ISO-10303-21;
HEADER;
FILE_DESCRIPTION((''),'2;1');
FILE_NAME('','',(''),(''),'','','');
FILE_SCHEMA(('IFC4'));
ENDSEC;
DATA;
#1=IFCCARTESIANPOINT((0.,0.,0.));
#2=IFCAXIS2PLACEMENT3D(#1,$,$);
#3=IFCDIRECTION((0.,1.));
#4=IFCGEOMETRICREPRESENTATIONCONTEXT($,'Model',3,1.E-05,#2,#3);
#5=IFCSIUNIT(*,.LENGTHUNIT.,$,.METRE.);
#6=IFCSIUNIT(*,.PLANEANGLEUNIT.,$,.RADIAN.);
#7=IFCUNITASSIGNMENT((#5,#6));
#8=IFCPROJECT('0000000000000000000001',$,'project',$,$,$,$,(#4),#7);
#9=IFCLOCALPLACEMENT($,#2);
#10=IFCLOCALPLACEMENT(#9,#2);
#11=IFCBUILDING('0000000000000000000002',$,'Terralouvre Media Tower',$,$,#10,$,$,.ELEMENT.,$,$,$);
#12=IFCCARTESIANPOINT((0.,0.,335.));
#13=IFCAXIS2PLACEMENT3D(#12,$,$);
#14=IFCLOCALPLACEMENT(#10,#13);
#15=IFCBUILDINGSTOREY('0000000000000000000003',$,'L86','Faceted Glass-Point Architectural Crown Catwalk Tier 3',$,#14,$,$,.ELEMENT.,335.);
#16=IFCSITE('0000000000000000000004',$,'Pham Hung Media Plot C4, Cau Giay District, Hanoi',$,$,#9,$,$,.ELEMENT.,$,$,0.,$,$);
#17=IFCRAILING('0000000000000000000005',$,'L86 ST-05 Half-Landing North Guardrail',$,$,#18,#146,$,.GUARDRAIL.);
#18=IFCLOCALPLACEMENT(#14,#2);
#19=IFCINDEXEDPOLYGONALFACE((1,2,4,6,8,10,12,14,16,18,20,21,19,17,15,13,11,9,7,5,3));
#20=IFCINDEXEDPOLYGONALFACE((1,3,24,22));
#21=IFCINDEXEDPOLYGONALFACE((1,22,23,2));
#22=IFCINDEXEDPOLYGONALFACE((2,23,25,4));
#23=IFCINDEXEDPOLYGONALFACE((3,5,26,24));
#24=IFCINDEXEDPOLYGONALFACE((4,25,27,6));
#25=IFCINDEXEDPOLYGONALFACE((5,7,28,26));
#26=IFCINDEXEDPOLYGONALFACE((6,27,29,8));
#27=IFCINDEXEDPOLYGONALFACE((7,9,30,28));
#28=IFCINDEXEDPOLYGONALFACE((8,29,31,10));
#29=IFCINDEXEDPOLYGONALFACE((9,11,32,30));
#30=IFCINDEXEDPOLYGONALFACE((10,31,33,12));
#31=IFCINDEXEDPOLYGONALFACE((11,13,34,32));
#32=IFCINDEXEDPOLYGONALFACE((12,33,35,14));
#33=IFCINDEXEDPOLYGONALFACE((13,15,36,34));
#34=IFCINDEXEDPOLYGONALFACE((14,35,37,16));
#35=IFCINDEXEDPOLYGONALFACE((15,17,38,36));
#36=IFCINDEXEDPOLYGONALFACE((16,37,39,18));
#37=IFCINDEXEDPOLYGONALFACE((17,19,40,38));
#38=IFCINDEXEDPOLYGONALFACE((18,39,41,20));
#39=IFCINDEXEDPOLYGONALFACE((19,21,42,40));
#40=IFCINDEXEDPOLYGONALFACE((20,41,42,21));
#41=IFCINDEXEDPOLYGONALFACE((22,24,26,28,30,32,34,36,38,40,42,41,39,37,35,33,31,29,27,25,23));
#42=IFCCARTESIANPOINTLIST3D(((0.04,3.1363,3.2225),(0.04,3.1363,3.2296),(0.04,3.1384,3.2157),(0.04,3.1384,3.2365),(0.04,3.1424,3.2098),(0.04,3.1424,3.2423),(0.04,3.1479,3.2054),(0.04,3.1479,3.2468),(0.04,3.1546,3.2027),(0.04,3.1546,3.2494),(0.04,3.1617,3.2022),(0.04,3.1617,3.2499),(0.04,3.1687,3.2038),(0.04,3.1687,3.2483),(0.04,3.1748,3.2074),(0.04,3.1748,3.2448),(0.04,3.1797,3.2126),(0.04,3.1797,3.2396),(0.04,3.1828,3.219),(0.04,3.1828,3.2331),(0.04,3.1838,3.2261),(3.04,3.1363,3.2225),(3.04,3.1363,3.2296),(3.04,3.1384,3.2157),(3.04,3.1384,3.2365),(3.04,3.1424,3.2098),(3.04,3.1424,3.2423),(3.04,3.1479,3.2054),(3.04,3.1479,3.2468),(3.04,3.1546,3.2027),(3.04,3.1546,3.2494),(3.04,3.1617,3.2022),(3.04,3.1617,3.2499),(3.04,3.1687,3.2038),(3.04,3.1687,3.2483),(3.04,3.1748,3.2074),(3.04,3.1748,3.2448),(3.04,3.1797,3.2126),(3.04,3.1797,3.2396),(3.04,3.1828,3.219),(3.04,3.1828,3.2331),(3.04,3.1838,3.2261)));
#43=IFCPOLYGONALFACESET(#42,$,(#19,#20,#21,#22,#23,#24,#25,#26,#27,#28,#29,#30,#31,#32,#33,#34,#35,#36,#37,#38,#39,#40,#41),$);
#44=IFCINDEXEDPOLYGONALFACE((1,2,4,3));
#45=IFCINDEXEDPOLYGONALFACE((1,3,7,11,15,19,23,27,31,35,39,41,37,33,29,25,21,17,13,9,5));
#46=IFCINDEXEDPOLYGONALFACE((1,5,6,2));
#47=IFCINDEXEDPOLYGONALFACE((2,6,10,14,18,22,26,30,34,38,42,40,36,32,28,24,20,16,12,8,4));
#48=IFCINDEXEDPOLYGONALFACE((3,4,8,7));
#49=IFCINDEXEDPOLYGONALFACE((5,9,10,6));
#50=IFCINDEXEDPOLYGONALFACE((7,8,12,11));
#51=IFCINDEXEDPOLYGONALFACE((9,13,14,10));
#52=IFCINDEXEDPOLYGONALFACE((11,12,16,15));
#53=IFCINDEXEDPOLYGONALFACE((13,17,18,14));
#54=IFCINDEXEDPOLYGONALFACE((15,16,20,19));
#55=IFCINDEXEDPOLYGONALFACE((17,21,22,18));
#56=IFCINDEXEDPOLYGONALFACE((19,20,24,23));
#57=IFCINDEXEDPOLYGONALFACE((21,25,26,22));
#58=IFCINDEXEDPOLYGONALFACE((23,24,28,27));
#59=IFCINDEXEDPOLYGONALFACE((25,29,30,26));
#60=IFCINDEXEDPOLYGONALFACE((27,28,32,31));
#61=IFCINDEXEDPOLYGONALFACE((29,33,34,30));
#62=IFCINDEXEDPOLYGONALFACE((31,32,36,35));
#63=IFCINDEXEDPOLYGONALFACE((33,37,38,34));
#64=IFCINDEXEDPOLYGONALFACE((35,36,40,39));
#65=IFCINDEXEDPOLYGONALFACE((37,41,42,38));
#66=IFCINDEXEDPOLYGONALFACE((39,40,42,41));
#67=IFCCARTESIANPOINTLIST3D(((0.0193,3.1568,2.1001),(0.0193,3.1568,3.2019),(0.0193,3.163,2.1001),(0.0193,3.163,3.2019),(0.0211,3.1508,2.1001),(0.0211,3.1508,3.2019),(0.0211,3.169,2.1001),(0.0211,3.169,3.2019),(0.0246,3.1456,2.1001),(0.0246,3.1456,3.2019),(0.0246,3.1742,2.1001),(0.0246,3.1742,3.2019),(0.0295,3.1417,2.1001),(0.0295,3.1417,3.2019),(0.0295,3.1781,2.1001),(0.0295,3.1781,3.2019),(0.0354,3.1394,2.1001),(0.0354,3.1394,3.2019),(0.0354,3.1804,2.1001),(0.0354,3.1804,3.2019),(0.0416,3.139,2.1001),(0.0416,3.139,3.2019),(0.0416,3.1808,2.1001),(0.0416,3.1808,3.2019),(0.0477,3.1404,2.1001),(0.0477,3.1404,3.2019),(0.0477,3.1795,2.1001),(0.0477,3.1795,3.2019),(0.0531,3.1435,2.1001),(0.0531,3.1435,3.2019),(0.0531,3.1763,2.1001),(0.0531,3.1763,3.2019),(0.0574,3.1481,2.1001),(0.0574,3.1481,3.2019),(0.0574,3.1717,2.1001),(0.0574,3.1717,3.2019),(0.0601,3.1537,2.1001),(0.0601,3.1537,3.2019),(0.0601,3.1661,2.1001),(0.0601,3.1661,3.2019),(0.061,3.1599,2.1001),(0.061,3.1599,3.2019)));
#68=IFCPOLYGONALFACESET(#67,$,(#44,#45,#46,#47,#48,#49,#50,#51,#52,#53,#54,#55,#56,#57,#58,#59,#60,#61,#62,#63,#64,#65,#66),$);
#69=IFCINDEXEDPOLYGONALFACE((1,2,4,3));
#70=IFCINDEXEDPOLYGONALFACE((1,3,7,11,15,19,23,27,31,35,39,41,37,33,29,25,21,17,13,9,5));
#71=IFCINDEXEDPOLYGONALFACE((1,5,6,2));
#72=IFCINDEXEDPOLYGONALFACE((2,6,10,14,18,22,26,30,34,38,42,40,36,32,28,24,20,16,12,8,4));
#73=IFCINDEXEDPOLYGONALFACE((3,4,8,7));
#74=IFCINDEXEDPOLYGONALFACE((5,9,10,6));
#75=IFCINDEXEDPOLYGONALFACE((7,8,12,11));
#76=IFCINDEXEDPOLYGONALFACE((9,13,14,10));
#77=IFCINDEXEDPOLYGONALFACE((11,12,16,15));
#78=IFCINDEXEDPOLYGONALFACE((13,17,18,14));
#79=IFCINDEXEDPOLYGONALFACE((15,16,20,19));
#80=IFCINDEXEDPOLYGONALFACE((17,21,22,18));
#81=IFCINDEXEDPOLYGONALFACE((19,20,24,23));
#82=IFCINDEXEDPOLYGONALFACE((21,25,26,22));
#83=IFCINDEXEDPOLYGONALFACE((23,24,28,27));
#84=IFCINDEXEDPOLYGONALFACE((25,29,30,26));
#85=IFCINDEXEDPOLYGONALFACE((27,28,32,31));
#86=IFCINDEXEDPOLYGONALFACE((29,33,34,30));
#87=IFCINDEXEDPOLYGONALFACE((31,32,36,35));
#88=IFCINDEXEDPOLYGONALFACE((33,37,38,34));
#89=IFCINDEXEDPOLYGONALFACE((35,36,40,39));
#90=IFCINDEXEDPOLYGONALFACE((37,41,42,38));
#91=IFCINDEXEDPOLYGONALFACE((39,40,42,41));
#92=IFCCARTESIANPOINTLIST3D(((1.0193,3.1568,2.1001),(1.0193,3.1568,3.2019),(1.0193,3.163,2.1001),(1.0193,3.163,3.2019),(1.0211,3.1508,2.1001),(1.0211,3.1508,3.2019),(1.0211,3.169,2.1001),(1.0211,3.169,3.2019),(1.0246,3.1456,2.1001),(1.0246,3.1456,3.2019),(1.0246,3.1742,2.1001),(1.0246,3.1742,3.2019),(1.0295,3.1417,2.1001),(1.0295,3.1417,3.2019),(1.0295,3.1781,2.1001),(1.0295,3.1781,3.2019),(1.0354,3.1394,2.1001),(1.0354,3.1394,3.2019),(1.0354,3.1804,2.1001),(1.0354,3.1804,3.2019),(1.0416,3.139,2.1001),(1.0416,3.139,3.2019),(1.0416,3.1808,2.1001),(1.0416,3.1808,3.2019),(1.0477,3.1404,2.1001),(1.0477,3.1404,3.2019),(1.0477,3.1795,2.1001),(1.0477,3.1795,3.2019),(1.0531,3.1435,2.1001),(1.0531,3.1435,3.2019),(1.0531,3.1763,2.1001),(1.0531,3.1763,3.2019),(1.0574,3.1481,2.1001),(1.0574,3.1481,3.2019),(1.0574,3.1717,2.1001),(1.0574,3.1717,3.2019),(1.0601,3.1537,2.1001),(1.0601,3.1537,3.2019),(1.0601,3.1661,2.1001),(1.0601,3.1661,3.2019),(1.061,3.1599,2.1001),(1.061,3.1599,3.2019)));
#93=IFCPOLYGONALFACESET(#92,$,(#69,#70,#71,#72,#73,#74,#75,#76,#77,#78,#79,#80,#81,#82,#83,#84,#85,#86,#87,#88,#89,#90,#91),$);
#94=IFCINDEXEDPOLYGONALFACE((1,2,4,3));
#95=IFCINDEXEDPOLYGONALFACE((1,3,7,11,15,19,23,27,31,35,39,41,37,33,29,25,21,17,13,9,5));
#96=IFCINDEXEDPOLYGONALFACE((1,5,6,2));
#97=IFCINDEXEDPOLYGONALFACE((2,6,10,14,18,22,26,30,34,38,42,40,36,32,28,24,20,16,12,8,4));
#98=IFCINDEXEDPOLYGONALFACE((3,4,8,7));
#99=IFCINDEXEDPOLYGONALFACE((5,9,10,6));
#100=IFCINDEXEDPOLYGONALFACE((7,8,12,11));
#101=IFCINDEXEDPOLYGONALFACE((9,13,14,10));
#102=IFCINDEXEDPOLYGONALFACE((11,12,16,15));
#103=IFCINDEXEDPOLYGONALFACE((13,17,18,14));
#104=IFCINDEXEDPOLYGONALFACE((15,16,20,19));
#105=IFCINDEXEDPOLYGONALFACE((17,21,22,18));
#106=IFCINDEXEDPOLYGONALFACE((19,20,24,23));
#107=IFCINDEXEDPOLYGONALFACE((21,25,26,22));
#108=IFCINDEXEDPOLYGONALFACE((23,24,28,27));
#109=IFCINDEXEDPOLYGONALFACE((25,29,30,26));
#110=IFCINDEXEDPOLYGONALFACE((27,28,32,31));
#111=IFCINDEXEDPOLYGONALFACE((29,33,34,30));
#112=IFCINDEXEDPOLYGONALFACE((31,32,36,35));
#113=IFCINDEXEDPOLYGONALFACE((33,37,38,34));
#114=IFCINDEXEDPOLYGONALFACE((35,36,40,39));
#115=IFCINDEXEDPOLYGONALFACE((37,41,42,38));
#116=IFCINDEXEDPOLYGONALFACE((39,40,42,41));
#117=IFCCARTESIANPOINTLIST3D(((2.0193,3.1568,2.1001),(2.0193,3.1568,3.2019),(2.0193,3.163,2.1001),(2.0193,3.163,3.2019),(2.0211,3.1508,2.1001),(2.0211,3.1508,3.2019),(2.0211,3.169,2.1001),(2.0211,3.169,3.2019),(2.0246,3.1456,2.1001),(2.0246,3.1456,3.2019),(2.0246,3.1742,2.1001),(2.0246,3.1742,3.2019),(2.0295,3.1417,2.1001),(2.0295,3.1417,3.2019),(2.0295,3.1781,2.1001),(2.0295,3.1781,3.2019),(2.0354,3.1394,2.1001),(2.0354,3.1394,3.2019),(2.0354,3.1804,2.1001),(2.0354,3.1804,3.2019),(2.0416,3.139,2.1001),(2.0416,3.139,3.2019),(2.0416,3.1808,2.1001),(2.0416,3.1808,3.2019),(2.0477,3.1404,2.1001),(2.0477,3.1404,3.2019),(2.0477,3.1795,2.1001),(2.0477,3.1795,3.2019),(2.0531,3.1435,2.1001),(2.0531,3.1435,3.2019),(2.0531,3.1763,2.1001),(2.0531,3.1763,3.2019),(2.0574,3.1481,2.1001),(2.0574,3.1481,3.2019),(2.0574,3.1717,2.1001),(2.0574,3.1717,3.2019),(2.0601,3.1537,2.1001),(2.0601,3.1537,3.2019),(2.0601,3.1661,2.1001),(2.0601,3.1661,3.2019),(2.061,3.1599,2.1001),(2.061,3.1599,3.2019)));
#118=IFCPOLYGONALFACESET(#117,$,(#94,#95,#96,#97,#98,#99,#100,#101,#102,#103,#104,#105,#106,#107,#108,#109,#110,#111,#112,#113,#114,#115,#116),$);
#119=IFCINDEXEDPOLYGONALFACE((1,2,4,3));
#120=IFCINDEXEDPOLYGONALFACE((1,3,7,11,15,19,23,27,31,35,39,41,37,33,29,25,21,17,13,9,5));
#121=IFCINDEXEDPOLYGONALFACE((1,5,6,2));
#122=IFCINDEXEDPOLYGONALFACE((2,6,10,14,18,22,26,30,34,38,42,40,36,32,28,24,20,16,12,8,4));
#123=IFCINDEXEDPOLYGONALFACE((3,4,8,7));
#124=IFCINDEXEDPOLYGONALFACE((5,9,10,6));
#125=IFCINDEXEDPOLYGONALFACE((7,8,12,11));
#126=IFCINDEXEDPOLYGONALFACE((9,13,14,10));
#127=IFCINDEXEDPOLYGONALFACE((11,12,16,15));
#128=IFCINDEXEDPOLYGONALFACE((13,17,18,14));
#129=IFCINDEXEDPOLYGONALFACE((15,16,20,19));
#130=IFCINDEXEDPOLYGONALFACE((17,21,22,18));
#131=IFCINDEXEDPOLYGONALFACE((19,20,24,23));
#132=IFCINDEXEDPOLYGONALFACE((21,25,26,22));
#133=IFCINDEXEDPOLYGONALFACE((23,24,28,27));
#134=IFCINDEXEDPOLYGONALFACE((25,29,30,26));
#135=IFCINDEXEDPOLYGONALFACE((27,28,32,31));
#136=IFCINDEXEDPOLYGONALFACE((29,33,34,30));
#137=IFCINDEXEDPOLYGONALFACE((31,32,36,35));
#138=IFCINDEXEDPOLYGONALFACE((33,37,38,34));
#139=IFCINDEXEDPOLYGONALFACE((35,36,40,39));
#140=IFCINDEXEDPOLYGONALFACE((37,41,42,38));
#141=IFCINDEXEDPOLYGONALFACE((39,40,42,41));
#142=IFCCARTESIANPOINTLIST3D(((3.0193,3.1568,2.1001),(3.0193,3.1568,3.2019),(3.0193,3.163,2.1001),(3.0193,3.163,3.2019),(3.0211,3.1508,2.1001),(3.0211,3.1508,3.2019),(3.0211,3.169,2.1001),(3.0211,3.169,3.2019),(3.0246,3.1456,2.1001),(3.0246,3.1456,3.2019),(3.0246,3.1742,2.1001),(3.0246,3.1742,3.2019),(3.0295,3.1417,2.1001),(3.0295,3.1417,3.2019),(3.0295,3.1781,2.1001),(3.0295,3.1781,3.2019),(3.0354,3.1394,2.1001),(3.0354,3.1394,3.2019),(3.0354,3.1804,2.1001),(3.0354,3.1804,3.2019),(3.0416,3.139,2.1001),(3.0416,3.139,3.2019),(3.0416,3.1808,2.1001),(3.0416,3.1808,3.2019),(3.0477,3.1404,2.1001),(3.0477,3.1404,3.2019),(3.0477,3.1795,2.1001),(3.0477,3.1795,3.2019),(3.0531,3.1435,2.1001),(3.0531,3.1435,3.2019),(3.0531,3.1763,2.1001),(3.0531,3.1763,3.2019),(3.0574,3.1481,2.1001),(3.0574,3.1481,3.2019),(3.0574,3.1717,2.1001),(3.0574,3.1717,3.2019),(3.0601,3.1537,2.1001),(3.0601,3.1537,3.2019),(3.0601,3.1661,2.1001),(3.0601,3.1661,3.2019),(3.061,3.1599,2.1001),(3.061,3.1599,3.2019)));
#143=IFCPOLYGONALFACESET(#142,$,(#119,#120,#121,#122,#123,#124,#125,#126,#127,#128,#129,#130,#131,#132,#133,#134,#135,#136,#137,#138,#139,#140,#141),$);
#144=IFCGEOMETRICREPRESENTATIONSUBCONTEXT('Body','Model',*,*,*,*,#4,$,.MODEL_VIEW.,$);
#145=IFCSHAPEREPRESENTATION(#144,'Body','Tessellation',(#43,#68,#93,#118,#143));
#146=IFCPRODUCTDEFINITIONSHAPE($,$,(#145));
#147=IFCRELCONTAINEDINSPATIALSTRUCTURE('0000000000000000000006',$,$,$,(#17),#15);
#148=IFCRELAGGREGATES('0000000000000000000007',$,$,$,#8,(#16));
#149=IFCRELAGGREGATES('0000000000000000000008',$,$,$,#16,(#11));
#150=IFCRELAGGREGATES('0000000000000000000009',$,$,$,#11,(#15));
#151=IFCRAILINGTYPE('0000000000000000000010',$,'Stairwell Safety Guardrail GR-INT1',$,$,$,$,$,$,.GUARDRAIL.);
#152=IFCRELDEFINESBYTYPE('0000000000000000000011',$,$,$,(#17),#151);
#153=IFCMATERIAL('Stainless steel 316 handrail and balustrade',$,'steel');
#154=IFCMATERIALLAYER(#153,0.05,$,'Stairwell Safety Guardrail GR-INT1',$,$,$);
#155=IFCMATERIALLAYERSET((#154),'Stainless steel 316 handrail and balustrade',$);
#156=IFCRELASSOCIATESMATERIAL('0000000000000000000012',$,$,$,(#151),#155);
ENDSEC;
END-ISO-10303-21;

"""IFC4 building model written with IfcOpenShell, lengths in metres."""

from ifc_helpers import new_model, si_unit, direction, frame, origin, origin_2d, place, context, subcontext, project, spatial, circle, extrude, material, layer, layer_set, type_object, element, save


model = new_model("IFC4")

# Units and contexts
model_context = context("Model", 3, precision=1e-05, world=origin(), true_north=direction((0.0, 1.0)))
body_context = subcontext(model_context, "Body", "Model", "MODEL_VIEW")
ifc_project = project(units=[si_unit("LENGTHUNIT", "METRE"), si_unit("PLANEANGLEUNIT", "RADIAN")], contexts=[model_context])

# Site, building, storey
site_placement = place(None, origin())
site = spatial("IfcSite", under=ifc_project, at=site_placement, Name="Pham Hung Media Plot C4, Cau Giay District, Hanoi", CompositionType="ELEMENT", RefElevation=0.0)
building_placement = place(site_placement, origin())
building = spatial("IfcBuilding", under=site, at=building_placement, Name="Terralouvre Media Tower", CompositionType="ELEMENT")
storey_placement = place(building_placement, frame((0.0, 0.0, 335.0)))
storey = spatial("IfcBuildingStorey", under=building, at=storey_placement, Name="L86", Description="Faceted Glass-Point Architectural Crown Catwalk Tier 3", CompositionType="ELEMENT", Elevation=335.0)

# Railing
ifc_material_1 = material(Name="Stainless steel 316 handrail and balustrade", Category="steel")
ifc_layer_1 = layer(ifc_material_1, 0.05, Name="Stairwell Safety Guardrail GR-INT1")
ifc_layer_set_1 = layer_set([ifc_layer_1], Name="Stainless steel 316 handrail and balustrade")
railing_type_1 = type_object("IfcRailingType", Name="Stairwell Safety Guardrail GR-INT1", PredefinedType="GUARDRAIL", material=ifc_layer_set_1)
railing_1_placement = place(storey_placement, frame((0.04, 3.1599, 2.1001)))
element("IfcRailing", 1, at=railing_1_placement, inside=storey, type_object=railing_type_1, Name="L86 ST-05 Half-Landing North Guardrail", PredefinedType="GUARDRAIL", context=body_context, shape_type="SweptSolid", body=[
    extrude(circle(Radius=0.0239, at=origin_2d()), frame((0.0, 0.0, 1.126), z_axis=(1.0, 0.0, 0.0), x_axis=(0.0, 1.0, 0.0)), (0.0, 0.0, 1.0), 3.0),
    extrude(circle(Radius=0.021, at=origin_2d()), origin(), (0.0, 0.0, 1.0), 1.1018),
    extrude(circle(Radius=0.021, at=origin_2d()), frame((1.0, 0.0, 0.0)), (0.0, 0.0, 1.0), 1.1018),
    extrude(circle(Radius=0.021, at=origin_2d()), frame((2.0, 0.0, 0.0)), (0.0, 0.0, 1.0), 1.1018),
    extrude(circle(Radius=0.021, at=origin_2d()), frame((3.0, 0.0, 0.0)), (0.0, 0.0, 1.0), 1.1018),
])

save(model, "model.ifc")
